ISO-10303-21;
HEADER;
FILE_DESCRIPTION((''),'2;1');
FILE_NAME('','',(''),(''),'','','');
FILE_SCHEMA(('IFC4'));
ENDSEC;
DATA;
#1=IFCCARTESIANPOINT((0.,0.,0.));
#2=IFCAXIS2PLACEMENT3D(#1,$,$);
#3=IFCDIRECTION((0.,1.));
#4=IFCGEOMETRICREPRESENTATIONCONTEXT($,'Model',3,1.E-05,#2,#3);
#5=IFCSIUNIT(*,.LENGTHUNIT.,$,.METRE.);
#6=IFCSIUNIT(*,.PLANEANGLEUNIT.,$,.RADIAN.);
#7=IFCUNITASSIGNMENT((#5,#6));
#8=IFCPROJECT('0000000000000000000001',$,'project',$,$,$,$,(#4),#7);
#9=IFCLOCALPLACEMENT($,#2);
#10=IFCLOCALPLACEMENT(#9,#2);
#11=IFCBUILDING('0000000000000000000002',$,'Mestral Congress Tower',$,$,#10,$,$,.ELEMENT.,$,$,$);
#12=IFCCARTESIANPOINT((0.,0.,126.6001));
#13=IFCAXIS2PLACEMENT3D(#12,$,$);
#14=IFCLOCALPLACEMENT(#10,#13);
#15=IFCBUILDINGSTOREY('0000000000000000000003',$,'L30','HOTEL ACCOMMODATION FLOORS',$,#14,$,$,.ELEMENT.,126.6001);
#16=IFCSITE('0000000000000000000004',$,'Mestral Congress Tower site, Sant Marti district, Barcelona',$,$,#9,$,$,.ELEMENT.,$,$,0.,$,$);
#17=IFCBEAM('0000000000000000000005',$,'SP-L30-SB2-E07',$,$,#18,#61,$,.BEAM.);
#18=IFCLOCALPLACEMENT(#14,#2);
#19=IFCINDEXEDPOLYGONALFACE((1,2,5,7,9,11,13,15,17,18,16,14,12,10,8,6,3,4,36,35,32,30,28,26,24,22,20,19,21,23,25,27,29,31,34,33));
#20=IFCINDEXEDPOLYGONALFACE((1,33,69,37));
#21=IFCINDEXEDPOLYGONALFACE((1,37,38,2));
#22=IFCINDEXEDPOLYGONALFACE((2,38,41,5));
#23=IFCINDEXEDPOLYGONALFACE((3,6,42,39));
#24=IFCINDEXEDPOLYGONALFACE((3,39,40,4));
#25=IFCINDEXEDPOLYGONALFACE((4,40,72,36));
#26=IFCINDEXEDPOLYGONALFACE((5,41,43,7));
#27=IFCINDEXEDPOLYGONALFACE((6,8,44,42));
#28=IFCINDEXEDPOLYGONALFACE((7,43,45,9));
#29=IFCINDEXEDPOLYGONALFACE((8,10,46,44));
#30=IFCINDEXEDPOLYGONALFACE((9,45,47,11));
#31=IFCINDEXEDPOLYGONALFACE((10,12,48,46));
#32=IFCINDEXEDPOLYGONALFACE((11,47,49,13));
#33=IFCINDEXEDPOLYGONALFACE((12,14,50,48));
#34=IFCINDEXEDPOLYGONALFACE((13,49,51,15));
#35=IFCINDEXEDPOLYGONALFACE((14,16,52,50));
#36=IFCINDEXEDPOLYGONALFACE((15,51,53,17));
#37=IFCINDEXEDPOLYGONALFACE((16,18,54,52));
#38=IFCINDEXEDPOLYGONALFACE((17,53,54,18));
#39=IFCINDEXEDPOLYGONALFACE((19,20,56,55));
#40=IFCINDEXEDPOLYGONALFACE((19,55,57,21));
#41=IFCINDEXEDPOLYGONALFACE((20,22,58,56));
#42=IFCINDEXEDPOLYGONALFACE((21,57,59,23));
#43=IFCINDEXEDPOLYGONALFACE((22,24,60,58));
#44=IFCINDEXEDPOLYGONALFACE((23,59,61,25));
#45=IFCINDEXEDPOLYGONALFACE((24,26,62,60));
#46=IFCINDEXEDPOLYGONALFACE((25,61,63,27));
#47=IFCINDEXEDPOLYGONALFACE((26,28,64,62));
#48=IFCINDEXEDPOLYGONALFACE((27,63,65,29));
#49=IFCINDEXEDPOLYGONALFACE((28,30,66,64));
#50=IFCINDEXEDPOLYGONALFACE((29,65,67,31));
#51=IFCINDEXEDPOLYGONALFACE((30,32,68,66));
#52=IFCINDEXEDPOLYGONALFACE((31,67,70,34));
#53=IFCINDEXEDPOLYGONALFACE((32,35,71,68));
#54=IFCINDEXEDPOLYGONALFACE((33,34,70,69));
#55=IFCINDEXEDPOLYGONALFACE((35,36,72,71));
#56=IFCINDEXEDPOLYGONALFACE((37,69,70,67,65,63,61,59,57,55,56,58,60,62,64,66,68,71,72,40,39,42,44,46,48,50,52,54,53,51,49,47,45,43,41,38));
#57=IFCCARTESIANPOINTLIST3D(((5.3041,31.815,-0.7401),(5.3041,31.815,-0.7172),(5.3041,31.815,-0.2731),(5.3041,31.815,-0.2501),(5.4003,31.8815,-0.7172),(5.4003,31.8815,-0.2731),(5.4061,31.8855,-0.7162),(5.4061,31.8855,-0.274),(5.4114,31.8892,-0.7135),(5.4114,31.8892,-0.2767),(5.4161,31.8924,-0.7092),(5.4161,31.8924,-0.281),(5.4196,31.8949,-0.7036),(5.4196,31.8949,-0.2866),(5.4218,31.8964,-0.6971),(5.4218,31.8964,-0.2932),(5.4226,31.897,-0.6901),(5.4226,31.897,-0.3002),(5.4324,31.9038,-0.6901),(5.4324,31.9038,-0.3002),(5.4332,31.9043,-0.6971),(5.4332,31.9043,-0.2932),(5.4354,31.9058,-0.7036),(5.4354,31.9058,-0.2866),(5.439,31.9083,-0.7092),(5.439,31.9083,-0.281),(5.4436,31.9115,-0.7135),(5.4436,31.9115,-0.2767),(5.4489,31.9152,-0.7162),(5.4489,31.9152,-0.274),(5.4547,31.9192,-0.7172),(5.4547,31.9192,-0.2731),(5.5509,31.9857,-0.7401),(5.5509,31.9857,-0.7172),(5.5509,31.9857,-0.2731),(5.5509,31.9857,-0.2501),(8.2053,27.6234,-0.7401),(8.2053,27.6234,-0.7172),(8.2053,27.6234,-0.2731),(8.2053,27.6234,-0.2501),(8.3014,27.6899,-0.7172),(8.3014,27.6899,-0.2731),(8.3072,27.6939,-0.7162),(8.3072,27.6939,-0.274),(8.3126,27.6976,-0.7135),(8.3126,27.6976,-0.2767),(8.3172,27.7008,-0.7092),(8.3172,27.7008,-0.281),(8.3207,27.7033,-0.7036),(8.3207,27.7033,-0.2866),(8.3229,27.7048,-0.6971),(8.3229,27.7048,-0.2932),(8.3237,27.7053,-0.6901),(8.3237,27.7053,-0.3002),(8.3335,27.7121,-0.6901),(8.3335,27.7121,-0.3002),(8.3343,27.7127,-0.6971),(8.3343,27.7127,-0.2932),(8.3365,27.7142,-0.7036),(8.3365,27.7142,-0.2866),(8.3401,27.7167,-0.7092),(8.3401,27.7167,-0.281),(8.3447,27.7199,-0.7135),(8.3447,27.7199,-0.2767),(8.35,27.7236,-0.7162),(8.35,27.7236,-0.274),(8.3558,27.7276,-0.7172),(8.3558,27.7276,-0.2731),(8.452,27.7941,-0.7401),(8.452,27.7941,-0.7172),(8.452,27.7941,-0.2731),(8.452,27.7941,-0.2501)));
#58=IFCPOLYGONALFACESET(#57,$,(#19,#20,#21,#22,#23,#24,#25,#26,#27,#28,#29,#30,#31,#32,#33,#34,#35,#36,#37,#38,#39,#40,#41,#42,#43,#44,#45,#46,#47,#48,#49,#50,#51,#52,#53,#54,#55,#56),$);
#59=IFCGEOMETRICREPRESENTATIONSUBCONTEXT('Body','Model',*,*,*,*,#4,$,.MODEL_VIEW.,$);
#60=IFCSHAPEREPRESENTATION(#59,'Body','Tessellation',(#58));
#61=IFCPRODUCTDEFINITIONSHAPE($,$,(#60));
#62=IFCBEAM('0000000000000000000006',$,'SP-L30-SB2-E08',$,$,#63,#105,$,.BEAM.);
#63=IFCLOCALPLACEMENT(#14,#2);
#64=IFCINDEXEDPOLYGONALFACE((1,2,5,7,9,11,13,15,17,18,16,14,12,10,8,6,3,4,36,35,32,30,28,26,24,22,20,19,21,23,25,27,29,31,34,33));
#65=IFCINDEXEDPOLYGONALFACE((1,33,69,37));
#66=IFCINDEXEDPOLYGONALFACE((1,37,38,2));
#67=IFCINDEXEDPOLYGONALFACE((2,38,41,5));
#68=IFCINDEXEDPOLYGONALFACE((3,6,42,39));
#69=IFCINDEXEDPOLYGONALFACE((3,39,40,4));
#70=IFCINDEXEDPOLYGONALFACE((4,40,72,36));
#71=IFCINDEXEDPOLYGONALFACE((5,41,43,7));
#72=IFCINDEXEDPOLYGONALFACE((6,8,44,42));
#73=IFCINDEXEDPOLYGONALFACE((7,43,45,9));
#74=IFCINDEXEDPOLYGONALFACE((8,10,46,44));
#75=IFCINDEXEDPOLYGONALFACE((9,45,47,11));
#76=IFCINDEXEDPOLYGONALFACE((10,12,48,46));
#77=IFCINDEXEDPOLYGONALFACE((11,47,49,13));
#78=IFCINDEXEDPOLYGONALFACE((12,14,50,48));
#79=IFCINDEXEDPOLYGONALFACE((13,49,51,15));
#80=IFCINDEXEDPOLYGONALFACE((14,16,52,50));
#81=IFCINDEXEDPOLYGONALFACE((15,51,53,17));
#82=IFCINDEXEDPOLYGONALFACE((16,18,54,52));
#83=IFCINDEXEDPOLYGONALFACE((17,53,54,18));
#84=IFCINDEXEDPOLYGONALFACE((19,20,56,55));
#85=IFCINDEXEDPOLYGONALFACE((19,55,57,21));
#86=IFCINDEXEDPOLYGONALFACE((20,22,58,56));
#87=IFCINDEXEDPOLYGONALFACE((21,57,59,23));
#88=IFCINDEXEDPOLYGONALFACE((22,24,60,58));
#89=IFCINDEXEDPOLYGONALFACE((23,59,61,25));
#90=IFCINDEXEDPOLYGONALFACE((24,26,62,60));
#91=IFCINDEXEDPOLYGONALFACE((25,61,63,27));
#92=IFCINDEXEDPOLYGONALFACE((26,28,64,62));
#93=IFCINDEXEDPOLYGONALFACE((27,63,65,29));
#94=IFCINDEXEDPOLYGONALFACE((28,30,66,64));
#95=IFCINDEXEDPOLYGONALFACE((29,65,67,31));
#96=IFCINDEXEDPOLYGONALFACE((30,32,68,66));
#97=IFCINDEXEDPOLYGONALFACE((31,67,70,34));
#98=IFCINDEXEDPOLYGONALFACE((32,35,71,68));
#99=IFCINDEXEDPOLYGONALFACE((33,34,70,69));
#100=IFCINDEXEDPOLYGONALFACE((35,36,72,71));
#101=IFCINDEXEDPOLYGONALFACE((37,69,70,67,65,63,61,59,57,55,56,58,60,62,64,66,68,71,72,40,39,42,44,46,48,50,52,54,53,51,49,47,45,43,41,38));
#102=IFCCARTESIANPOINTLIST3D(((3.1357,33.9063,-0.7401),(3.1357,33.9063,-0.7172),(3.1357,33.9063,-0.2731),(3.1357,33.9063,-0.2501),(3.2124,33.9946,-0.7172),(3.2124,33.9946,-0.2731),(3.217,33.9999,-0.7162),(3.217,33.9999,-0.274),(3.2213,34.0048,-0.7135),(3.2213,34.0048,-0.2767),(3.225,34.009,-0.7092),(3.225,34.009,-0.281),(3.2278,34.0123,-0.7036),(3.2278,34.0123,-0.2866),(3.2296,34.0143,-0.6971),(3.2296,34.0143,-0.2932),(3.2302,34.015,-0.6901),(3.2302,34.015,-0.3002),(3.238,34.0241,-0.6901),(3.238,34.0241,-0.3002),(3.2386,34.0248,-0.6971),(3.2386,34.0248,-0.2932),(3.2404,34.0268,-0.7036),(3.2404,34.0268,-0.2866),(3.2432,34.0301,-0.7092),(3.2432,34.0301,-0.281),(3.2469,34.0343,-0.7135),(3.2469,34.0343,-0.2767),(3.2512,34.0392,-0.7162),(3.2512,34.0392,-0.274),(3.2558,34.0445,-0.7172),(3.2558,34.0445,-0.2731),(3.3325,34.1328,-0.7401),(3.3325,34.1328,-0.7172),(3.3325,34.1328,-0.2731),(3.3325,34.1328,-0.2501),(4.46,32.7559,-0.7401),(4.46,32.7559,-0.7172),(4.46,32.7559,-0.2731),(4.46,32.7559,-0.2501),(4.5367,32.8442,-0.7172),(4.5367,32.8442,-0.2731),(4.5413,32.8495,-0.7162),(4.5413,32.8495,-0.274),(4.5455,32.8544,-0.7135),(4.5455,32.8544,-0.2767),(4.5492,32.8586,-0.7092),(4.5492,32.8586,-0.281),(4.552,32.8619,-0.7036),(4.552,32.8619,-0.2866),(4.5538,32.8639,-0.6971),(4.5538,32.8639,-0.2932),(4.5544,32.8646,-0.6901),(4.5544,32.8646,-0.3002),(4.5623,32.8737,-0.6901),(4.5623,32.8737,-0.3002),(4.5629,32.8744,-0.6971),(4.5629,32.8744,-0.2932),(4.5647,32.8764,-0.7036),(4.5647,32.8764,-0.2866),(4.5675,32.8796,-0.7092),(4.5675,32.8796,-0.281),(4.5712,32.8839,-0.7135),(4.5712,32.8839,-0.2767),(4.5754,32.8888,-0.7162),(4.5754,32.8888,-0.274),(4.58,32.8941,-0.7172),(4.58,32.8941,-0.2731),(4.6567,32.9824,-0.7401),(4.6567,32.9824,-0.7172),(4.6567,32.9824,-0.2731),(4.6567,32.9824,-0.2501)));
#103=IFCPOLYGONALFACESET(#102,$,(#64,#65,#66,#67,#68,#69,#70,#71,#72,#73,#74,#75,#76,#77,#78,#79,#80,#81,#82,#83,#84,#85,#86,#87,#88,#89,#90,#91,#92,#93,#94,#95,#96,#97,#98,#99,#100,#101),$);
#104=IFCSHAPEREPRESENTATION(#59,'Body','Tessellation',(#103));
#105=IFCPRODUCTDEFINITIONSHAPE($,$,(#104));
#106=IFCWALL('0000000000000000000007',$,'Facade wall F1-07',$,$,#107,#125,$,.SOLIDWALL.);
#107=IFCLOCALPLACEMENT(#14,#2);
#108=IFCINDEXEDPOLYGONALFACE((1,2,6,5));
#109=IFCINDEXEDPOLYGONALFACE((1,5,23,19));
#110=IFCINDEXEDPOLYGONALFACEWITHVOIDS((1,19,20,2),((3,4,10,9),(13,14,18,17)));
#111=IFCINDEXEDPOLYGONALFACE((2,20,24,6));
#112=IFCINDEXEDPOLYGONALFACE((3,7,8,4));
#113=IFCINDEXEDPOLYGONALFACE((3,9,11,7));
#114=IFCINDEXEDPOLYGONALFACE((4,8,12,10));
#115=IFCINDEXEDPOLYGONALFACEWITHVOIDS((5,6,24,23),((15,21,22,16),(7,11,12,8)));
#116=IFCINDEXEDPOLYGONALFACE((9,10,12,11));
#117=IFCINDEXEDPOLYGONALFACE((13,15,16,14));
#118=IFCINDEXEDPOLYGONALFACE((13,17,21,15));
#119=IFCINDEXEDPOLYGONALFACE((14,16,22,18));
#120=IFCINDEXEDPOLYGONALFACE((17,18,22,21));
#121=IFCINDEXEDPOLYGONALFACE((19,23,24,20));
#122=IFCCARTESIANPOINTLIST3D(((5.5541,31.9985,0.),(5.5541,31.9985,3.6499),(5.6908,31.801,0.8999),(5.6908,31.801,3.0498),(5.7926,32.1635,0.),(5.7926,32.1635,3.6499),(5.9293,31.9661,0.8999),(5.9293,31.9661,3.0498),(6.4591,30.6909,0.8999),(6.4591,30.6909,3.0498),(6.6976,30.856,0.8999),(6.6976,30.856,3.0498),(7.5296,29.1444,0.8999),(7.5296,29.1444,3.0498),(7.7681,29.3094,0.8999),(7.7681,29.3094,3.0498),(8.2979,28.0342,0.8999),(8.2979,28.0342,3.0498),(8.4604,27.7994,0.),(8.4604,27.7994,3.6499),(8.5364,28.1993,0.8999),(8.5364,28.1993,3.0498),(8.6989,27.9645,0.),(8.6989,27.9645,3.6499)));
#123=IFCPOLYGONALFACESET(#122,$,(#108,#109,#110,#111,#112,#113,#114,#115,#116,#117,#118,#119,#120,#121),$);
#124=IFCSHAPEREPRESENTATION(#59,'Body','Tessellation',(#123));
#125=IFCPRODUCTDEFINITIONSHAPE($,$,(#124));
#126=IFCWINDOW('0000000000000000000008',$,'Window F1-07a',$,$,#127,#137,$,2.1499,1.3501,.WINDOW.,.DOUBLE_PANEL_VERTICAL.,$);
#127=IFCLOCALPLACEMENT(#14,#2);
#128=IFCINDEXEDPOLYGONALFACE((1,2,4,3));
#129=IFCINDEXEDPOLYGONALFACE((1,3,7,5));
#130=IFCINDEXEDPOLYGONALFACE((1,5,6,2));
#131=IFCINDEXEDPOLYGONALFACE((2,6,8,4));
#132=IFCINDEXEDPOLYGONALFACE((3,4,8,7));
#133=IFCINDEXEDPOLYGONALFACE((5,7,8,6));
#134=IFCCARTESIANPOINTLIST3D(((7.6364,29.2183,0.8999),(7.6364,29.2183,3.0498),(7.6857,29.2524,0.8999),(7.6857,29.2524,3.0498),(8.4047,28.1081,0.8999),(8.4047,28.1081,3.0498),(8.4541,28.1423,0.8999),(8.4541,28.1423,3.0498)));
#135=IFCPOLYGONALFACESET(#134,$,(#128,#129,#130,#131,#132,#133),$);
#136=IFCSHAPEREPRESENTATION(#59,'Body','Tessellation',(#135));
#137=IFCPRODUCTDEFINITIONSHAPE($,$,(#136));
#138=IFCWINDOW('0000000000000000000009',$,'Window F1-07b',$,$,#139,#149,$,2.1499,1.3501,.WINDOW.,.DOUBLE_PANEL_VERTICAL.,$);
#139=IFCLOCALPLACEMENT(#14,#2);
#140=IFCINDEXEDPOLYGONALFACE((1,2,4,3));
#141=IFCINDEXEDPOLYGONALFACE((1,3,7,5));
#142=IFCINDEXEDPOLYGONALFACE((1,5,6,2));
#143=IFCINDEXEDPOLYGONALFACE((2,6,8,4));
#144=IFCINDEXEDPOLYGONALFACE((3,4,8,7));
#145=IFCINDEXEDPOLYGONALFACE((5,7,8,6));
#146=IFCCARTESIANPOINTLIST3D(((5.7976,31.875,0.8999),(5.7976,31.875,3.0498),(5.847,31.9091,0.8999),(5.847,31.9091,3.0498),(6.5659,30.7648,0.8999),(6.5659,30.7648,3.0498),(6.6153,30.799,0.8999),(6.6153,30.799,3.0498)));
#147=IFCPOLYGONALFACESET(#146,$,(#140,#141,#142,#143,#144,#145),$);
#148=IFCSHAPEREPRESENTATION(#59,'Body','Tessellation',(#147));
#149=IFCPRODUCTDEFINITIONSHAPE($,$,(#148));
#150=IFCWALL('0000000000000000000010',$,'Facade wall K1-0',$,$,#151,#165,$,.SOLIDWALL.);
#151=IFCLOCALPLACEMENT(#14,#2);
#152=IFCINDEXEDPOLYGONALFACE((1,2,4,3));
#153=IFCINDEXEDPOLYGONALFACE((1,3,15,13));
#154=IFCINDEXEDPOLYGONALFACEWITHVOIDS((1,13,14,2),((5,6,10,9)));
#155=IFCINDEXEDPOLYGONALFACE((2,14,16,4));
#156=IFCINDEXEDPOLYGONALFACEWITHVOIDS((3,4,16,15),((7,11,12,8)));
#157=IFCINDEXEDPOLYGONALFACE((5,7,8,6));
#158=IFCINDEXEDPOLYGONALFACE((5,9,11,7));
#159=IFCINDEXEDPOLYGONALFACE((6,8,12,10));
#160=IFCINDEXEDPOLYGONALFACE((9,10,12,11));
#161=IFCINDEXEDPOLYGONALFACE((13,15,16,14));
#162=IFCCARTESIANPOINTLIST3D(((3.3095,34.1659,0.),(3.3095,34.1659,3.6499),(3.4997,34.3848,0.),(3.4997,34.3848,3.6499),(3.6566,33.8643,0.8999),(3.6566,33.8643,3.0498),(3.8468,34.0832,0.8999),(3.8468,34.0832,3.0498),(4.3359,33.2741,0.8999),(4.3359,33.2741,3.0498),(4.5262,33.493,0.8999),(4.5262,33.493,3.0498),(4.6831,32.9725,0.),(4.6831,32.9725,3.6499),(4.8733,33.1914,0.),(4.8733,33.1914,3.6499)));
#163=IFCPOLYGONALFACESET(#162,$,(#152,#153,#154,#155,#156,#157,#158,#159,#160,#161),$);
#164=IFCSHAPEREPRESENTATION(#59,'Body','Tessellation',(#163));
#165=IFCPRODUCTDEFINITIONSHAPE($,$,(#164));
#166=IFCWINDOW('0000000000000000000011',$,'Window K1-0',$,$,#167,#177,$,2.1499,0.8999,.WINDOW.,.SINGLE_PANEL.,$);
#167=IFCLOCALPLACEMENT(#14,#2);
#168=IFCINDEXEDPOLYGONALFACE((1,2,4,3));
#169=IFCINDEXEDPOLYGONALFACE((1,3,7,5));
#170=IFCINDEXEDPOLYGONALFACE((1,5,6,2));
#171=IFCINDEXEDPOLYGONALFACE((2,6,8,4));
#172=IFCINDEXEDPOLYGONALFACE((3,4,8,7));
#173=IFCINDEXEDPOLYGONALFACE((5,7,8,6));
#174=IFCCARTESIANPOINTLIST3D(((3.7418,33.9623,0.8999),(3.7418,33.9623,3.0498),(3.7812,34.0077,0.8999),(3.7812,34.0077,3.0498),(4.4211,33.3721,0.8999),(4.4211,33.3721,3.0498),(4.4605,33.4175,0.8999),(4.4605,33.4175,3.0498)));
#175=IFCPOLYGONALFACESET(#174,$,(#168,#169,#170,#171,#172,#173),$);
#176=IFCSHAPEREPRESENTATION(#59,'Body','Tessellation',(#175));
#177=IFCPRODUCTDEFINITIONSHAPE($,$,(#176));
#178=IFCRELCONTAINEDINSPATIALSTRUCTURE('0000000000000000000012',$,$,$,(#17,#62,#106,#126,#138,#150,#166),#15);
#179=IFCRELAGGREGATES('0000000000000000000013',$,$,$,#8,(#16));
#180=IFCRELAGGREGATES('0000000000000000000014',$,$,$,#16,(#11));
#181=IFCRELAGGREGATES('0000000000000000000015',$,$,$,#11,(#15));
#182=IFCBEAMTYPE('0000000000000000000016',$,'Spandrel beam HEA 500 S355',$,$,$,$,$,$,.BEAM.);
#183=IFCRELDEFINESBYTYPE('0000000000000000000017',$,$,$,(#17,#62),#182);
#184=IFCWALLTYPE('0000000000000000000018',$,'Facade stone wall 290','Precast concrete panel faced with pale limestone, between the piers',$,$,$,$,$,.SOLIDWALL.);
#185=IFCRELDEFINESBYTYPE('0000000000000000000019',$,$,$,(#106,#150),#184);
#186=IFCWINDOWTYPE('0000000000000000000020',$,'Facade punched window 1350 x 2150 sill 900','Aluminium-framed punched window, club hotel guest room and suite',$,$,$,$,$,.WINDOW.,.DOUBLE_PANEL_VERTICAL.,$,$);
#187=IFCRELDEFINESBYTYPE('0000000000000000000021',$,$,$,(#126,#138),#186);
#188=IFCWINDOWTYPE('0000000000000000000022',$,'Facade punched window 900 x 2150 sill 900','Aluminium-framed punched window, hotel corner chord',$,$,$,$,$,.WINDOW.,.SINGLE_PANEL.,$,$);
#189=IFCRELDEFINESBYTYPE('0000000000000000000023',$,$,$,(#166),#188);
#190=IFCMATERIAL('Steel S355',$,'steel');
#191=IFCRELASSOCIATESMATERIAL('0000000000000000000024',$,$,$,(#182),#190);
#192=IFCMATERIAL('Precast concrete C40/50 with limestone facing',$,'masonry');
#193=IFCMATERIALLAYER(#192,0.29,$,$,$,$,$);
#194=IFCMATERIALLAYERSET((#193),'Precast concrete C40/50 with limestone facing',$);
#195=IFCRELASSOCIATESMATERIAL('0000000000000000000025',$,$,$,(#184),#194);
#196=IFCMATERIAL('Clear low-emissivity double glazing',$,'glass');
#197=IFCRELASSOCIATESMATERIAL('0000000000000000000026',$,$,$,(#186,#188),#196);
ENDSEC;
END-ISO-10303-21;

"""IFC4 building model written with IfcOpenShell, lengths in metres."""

from ifc_helpers import new_model, si_unit, direction, frame, frame_2d, origin, origin_2d, place, context, subcontext, project, spatial, rectangle, i_section, extrude, material, layer, layer_set, material_profile, profile_set, type_object, element, fill, save


model = new_model("IFC4")

# Units and contexts
model_context = context("Model", 3, precision=1e-05, world=origin(), true_north=direction((0.0, 1.0)))
body_context = subcontext(model_context, "Body", "Model", "MODEL_VIEW")
ifc_project = project(units=[si_unit("LENGTHUNIT", "METRE"), si_unit("PLANEANGLEUNIT", "RADIAN")], contexts=[model_context])

# Site, building, storey
site_placement = place(None, origin())
site = spatial("IfcSite", under=ifc_project, at=site_placement, Name="Mestral Congress Tower site, Sant Marti district, Barcelona", CompositionType="ELEMENT", RefElevation=0.0)
building_placement = place(site_placement, origin())
building = spatial("IfcBuilding", under=site, at=building_placement, Name="Mestral Congress Tower", CompositionType="ELEMENT")
storey_placement = place(building_placement, frame((0.0, 0.0, 126.6001)))
storey = spatial("IfcBuildingStorey", under=building, at=storey_placement, Name="L30", Description="HOTEL ACCOMMODATION FLOORS", CompositionType="ELEMENT", Elevation=126.6001)

# Beams
ifc_material_1 = material(Name="Steel S355", Category="steel")
ifc_material_profile_1 = material_profile(ifc_material_1, i_section(OverallWidth=0.3, OverallDepth=0.49, WebThickness=0.012, FlangeThickness=0.0229, FilletRadius=0.0271, at=origin_2d()), Name="HEA 500")
ifc_profile_set_1 = profile_set([ifc_material_profile_1], Name="Steel S355")
beam_type_1 = type_object("IfcBeamType", Name="Spandrel beam HEA 500 S355", PredefinedType="BEAM", material=ifc_profile_set_1)
beam_1_placement = place(storey_placement, frame((8.3286, 27.7087, -0.4951), z_axis=(-0.569105, 0.822265, 0.0), x_axis=(-0.822265, -0.569105, 0.0)))
element("IfcBeam", 1, at=beam_1_placement, inside=storey, type_object=beam_type_1, Name="SP-L30-SB2-E07", PredefinedType="BEAM", context=body_context, shape_type="SweptSolid", body=[
    extrude(i_section(OverallWidth=0.3, OverallDepth=0.49, WebThickness=0.012, FlangeThickness=0.0229, FilletRadius=0.0271, at=origin_2d()), origin(), (0.0, 0.0, 1.0), 5.0977),
])
beam_2_placement = place(storey_placement, frame((4.5583, 32.8691, -0.4951), z_axis=(-0.754917, 0.65582, 0.0), x_axis=(-0.65582, -0.754917, 0.0)))
element("IfcBeam", 2, at=beam_2_placement, inside=storey, type_object=beam_type_1, Name="SP-L30-SB2-E08", PredefinedType="BEAM", context=body_context, shape_type="SweptSolid", body=[
    extrude(i_section(OverallWidth=0.3, OverallDepth=0.49, WebThickness=0.012, FlangeThickness=0.0229, FilletRadius=0.0271, at=origin_2d()), origin(), (0.0, 0.0, 1.0), 1.7542),
])

# Wall, openings, windows
ifc_material_2 = material(Name="Precast concrete C40/50 with limestone facing", Category="masonry")
ifc_layer_1 = layer(ifc_material_2, 0.29)
ifc_layer_set_1 = layer_set([ifc_layer_1], Name="Precast concrete C40/50 with limestone facing")
wall_type_1 = type_object("IfcWallType", Name="Facade stone wall 290", Description="Precast concrete panel faced with pale limestone, between the piers", PredefinedType="SOLIDWALL", material=ifc_layer_set_1)
wall_1_placement = place(storey_placement, frame((8.5796, 27.8821, 0.0), z_axis=(0.0, 0.0, 1.0), x_axis=(-0.569113, 0.822259, 0.0)))
wall_1 = element("IfcWall", 3, at=wall_1_placement, inside=storey, type_object=wall_type_1, Name="Facade wall F1-07", PredefinedType="SOLIDWALL", context=body_context, shape_type="SweptSolid", body=[
    extrude(rectangle(XDim=5.1067, YDim=0.29, at=frame_2d((2.5532, 0.0))), origin(), (0.0, 0.0, 1.0), 3.6499),
])
opening_1_placement = place(wall_1_placement, frame((0.2854, 0.0, 0.8999)))
opening_1 = element("IfcOpeningElement", 4, at=opening_1_placement, cuts=wall_1, PredefinedType="OPENING", context=body_context, shape_type="SweptSolid", body=[
    extrude(rectangle(XDim=1.3501, YDim=2.1499, at=frame_2d((0.675, 1.075))), frame((0.0, 0.155, 0.0), z_axis=(0.0, -1.0, 0.0), x_axis=(1.0, 0.0, 0.0)), (0.0, 0.0, 1.0), 0.3101),
])
opening_2_placement = place(wall_1_placement, frame((3.5164, 0.0, 0.8999)))
opening_2 = element("IfcOpeningElement", 5, at=opening_2_placement, cuts=wall_1, PredefinedType="OPENING", context=body_context, shape_type="SweptSolid", body=[
    extrude(rectangle(XDim=1.3501, YDim=2.1499, at=frame_2d((0.675, 1.075))), frame((0.0, 0.155, 0.0), z_axis=(0.0, -1.0, 0.0), x_axis=(1.0, 0.0, 0.0)), (0.0, 0.0, 1.0), 0.3101),
])
ifc_material_3 = material(Name="Clear low-emissivity double glazing", Category="glass")
window_type_1 = type_object("IfcWindowType", Name="Facade punched window 1350 x 2150 sill 900", Description="Aluminium-framed punched window, club hotel guest room and suite", PartitioningType="DOUBLE_PANEL_VERTICAL", PredefinedType="WINDOW", material=ifc_material_3)
window_1_placement = place(opening_1_placement, origin())
window_1 = element("IfcWindow", 6, at=window_1_placement, inside=storey, type_object=window_type_1, Name="Window F1-07a", OverallHeight=2.1499, OverallWidth=1.3501, PartitioningType="DOUBLE_PANEL_VERTICAL", PredefinedType="WINDOW", context=body_context, shape_type="SweptSolid", body=[
    extrude(rectangle(XDim=1.3501, YDim=2.1499, at=frame_2d((0.675, 1.075))), frame((0.0, 0.0151, 0.0), z_axis=(0.0, -1.0, 0.0), x_axis=(1.0, 0.0, 0.0)), (0.0, 0.0, 1.0), 0.0601),
])
fill(opening_1, window_1)
window_2_placement = place(opening_2_placement, origin())
window_2 = element("IfcWindow", 7, at=window_2_placement, inside=storey, type_object=window_type_1, Name="Window F1-07b", OverallHeight=2.1499, OverallWidth=1.3501, PartitioningType="DOUBLE_PANEL_VERTICAL", PredefinedType="WINDOW", context=body_context, shape_type="SweptSolid", body=[
    extrude(rectangle(XDim=1.3501, YDim=2.1499, at=frame_2d((0.675, 1.075))), frame((0.0, 0.0151, 0.0), z_axis=(0.0, -1.0, 0.0), x_axis=(1.0, 0.0, 0.0)), (0.0, 0.0, 1.0), 0.0601),
])
fill(opening_2, window_2)

# Wall, opening, window
wall_2_placement = place(storey_placement, frame((4.7781, 33.082, 0.0), z_axis=(0.0, 0.0, 1.0), x_axis=(-0.754883, 0.65586, 0.0)))
wall_2 = element("IfcWall", 8, at=wall_2_placement, inside=storey, type_object=wall_type_1, Name="Facade wall K1-0", PredefinedType="SOLIDWALL", context=body_context, shape_type="SweptSolid", body=[
    extrude(rectangle(XDim=1.8196, YDim=0.29, at=frame_2d((0.9097, 0.0))), origin(), (0.0, 0.0, 1.0), 3.6499),
])
opening_3_placement = place(wall_2_placement, frame((0.4597, 0.0, 0.8999)))
opening_3 = element("IfcOpeningElement", 9, at=opening_3_placement, cuts=wall_2, PredefinedType="OPENING", context=body_context, shape_type="SweptSolid", body=[
    extrude(rectangle(XDim=0.8999, YDim=2.1499, at=frame_2d((0.45, 1.075))), frame((0.0, 0.155, 0.0), z_axis=(0.0, -1.0, 0.0), x_axis=(1.0, 0.0, 0.0)), (0.0, 0.0, 1.0), 0.3101),
])
window_type_2 = type_object("IfcWindowType", Name="Facade punched window 900 x 2150 sill 900", Description="Aluminium-framed punched window, hotel corner chord", PartitioningType="SINGLE_PANEL", PredefinedType="WINDOW", material=ifc_material_3)
window_3_placement = place(opening_3_placement, origin())
window_3 = element("IfcWindow", 10, at=window_3_placement, inside=storey, type_object=window_type_2, Name="Window K1-0", OverallHeight=2.1499, OverallWidth=0.8999, PartitioningType="SINGLE_PANEL", PredefinedType="WINDOW", context=body_context, shape_type="SweptSolid", body=[
    extrude(rectangle(XDim=0.8999, YDim=2.1499, at=frame_2d((0.45, 1.075))), frame((0.0, 0.0151, 0.0), z_axis=(0.0, -1.0, 0.0), x_axis=(1.0, 0.0, 0.0)), (0.0, 0.0, 1.0), 0.0601),
])
fill(opening_3, window_3)

save(model, "model.ifc")
